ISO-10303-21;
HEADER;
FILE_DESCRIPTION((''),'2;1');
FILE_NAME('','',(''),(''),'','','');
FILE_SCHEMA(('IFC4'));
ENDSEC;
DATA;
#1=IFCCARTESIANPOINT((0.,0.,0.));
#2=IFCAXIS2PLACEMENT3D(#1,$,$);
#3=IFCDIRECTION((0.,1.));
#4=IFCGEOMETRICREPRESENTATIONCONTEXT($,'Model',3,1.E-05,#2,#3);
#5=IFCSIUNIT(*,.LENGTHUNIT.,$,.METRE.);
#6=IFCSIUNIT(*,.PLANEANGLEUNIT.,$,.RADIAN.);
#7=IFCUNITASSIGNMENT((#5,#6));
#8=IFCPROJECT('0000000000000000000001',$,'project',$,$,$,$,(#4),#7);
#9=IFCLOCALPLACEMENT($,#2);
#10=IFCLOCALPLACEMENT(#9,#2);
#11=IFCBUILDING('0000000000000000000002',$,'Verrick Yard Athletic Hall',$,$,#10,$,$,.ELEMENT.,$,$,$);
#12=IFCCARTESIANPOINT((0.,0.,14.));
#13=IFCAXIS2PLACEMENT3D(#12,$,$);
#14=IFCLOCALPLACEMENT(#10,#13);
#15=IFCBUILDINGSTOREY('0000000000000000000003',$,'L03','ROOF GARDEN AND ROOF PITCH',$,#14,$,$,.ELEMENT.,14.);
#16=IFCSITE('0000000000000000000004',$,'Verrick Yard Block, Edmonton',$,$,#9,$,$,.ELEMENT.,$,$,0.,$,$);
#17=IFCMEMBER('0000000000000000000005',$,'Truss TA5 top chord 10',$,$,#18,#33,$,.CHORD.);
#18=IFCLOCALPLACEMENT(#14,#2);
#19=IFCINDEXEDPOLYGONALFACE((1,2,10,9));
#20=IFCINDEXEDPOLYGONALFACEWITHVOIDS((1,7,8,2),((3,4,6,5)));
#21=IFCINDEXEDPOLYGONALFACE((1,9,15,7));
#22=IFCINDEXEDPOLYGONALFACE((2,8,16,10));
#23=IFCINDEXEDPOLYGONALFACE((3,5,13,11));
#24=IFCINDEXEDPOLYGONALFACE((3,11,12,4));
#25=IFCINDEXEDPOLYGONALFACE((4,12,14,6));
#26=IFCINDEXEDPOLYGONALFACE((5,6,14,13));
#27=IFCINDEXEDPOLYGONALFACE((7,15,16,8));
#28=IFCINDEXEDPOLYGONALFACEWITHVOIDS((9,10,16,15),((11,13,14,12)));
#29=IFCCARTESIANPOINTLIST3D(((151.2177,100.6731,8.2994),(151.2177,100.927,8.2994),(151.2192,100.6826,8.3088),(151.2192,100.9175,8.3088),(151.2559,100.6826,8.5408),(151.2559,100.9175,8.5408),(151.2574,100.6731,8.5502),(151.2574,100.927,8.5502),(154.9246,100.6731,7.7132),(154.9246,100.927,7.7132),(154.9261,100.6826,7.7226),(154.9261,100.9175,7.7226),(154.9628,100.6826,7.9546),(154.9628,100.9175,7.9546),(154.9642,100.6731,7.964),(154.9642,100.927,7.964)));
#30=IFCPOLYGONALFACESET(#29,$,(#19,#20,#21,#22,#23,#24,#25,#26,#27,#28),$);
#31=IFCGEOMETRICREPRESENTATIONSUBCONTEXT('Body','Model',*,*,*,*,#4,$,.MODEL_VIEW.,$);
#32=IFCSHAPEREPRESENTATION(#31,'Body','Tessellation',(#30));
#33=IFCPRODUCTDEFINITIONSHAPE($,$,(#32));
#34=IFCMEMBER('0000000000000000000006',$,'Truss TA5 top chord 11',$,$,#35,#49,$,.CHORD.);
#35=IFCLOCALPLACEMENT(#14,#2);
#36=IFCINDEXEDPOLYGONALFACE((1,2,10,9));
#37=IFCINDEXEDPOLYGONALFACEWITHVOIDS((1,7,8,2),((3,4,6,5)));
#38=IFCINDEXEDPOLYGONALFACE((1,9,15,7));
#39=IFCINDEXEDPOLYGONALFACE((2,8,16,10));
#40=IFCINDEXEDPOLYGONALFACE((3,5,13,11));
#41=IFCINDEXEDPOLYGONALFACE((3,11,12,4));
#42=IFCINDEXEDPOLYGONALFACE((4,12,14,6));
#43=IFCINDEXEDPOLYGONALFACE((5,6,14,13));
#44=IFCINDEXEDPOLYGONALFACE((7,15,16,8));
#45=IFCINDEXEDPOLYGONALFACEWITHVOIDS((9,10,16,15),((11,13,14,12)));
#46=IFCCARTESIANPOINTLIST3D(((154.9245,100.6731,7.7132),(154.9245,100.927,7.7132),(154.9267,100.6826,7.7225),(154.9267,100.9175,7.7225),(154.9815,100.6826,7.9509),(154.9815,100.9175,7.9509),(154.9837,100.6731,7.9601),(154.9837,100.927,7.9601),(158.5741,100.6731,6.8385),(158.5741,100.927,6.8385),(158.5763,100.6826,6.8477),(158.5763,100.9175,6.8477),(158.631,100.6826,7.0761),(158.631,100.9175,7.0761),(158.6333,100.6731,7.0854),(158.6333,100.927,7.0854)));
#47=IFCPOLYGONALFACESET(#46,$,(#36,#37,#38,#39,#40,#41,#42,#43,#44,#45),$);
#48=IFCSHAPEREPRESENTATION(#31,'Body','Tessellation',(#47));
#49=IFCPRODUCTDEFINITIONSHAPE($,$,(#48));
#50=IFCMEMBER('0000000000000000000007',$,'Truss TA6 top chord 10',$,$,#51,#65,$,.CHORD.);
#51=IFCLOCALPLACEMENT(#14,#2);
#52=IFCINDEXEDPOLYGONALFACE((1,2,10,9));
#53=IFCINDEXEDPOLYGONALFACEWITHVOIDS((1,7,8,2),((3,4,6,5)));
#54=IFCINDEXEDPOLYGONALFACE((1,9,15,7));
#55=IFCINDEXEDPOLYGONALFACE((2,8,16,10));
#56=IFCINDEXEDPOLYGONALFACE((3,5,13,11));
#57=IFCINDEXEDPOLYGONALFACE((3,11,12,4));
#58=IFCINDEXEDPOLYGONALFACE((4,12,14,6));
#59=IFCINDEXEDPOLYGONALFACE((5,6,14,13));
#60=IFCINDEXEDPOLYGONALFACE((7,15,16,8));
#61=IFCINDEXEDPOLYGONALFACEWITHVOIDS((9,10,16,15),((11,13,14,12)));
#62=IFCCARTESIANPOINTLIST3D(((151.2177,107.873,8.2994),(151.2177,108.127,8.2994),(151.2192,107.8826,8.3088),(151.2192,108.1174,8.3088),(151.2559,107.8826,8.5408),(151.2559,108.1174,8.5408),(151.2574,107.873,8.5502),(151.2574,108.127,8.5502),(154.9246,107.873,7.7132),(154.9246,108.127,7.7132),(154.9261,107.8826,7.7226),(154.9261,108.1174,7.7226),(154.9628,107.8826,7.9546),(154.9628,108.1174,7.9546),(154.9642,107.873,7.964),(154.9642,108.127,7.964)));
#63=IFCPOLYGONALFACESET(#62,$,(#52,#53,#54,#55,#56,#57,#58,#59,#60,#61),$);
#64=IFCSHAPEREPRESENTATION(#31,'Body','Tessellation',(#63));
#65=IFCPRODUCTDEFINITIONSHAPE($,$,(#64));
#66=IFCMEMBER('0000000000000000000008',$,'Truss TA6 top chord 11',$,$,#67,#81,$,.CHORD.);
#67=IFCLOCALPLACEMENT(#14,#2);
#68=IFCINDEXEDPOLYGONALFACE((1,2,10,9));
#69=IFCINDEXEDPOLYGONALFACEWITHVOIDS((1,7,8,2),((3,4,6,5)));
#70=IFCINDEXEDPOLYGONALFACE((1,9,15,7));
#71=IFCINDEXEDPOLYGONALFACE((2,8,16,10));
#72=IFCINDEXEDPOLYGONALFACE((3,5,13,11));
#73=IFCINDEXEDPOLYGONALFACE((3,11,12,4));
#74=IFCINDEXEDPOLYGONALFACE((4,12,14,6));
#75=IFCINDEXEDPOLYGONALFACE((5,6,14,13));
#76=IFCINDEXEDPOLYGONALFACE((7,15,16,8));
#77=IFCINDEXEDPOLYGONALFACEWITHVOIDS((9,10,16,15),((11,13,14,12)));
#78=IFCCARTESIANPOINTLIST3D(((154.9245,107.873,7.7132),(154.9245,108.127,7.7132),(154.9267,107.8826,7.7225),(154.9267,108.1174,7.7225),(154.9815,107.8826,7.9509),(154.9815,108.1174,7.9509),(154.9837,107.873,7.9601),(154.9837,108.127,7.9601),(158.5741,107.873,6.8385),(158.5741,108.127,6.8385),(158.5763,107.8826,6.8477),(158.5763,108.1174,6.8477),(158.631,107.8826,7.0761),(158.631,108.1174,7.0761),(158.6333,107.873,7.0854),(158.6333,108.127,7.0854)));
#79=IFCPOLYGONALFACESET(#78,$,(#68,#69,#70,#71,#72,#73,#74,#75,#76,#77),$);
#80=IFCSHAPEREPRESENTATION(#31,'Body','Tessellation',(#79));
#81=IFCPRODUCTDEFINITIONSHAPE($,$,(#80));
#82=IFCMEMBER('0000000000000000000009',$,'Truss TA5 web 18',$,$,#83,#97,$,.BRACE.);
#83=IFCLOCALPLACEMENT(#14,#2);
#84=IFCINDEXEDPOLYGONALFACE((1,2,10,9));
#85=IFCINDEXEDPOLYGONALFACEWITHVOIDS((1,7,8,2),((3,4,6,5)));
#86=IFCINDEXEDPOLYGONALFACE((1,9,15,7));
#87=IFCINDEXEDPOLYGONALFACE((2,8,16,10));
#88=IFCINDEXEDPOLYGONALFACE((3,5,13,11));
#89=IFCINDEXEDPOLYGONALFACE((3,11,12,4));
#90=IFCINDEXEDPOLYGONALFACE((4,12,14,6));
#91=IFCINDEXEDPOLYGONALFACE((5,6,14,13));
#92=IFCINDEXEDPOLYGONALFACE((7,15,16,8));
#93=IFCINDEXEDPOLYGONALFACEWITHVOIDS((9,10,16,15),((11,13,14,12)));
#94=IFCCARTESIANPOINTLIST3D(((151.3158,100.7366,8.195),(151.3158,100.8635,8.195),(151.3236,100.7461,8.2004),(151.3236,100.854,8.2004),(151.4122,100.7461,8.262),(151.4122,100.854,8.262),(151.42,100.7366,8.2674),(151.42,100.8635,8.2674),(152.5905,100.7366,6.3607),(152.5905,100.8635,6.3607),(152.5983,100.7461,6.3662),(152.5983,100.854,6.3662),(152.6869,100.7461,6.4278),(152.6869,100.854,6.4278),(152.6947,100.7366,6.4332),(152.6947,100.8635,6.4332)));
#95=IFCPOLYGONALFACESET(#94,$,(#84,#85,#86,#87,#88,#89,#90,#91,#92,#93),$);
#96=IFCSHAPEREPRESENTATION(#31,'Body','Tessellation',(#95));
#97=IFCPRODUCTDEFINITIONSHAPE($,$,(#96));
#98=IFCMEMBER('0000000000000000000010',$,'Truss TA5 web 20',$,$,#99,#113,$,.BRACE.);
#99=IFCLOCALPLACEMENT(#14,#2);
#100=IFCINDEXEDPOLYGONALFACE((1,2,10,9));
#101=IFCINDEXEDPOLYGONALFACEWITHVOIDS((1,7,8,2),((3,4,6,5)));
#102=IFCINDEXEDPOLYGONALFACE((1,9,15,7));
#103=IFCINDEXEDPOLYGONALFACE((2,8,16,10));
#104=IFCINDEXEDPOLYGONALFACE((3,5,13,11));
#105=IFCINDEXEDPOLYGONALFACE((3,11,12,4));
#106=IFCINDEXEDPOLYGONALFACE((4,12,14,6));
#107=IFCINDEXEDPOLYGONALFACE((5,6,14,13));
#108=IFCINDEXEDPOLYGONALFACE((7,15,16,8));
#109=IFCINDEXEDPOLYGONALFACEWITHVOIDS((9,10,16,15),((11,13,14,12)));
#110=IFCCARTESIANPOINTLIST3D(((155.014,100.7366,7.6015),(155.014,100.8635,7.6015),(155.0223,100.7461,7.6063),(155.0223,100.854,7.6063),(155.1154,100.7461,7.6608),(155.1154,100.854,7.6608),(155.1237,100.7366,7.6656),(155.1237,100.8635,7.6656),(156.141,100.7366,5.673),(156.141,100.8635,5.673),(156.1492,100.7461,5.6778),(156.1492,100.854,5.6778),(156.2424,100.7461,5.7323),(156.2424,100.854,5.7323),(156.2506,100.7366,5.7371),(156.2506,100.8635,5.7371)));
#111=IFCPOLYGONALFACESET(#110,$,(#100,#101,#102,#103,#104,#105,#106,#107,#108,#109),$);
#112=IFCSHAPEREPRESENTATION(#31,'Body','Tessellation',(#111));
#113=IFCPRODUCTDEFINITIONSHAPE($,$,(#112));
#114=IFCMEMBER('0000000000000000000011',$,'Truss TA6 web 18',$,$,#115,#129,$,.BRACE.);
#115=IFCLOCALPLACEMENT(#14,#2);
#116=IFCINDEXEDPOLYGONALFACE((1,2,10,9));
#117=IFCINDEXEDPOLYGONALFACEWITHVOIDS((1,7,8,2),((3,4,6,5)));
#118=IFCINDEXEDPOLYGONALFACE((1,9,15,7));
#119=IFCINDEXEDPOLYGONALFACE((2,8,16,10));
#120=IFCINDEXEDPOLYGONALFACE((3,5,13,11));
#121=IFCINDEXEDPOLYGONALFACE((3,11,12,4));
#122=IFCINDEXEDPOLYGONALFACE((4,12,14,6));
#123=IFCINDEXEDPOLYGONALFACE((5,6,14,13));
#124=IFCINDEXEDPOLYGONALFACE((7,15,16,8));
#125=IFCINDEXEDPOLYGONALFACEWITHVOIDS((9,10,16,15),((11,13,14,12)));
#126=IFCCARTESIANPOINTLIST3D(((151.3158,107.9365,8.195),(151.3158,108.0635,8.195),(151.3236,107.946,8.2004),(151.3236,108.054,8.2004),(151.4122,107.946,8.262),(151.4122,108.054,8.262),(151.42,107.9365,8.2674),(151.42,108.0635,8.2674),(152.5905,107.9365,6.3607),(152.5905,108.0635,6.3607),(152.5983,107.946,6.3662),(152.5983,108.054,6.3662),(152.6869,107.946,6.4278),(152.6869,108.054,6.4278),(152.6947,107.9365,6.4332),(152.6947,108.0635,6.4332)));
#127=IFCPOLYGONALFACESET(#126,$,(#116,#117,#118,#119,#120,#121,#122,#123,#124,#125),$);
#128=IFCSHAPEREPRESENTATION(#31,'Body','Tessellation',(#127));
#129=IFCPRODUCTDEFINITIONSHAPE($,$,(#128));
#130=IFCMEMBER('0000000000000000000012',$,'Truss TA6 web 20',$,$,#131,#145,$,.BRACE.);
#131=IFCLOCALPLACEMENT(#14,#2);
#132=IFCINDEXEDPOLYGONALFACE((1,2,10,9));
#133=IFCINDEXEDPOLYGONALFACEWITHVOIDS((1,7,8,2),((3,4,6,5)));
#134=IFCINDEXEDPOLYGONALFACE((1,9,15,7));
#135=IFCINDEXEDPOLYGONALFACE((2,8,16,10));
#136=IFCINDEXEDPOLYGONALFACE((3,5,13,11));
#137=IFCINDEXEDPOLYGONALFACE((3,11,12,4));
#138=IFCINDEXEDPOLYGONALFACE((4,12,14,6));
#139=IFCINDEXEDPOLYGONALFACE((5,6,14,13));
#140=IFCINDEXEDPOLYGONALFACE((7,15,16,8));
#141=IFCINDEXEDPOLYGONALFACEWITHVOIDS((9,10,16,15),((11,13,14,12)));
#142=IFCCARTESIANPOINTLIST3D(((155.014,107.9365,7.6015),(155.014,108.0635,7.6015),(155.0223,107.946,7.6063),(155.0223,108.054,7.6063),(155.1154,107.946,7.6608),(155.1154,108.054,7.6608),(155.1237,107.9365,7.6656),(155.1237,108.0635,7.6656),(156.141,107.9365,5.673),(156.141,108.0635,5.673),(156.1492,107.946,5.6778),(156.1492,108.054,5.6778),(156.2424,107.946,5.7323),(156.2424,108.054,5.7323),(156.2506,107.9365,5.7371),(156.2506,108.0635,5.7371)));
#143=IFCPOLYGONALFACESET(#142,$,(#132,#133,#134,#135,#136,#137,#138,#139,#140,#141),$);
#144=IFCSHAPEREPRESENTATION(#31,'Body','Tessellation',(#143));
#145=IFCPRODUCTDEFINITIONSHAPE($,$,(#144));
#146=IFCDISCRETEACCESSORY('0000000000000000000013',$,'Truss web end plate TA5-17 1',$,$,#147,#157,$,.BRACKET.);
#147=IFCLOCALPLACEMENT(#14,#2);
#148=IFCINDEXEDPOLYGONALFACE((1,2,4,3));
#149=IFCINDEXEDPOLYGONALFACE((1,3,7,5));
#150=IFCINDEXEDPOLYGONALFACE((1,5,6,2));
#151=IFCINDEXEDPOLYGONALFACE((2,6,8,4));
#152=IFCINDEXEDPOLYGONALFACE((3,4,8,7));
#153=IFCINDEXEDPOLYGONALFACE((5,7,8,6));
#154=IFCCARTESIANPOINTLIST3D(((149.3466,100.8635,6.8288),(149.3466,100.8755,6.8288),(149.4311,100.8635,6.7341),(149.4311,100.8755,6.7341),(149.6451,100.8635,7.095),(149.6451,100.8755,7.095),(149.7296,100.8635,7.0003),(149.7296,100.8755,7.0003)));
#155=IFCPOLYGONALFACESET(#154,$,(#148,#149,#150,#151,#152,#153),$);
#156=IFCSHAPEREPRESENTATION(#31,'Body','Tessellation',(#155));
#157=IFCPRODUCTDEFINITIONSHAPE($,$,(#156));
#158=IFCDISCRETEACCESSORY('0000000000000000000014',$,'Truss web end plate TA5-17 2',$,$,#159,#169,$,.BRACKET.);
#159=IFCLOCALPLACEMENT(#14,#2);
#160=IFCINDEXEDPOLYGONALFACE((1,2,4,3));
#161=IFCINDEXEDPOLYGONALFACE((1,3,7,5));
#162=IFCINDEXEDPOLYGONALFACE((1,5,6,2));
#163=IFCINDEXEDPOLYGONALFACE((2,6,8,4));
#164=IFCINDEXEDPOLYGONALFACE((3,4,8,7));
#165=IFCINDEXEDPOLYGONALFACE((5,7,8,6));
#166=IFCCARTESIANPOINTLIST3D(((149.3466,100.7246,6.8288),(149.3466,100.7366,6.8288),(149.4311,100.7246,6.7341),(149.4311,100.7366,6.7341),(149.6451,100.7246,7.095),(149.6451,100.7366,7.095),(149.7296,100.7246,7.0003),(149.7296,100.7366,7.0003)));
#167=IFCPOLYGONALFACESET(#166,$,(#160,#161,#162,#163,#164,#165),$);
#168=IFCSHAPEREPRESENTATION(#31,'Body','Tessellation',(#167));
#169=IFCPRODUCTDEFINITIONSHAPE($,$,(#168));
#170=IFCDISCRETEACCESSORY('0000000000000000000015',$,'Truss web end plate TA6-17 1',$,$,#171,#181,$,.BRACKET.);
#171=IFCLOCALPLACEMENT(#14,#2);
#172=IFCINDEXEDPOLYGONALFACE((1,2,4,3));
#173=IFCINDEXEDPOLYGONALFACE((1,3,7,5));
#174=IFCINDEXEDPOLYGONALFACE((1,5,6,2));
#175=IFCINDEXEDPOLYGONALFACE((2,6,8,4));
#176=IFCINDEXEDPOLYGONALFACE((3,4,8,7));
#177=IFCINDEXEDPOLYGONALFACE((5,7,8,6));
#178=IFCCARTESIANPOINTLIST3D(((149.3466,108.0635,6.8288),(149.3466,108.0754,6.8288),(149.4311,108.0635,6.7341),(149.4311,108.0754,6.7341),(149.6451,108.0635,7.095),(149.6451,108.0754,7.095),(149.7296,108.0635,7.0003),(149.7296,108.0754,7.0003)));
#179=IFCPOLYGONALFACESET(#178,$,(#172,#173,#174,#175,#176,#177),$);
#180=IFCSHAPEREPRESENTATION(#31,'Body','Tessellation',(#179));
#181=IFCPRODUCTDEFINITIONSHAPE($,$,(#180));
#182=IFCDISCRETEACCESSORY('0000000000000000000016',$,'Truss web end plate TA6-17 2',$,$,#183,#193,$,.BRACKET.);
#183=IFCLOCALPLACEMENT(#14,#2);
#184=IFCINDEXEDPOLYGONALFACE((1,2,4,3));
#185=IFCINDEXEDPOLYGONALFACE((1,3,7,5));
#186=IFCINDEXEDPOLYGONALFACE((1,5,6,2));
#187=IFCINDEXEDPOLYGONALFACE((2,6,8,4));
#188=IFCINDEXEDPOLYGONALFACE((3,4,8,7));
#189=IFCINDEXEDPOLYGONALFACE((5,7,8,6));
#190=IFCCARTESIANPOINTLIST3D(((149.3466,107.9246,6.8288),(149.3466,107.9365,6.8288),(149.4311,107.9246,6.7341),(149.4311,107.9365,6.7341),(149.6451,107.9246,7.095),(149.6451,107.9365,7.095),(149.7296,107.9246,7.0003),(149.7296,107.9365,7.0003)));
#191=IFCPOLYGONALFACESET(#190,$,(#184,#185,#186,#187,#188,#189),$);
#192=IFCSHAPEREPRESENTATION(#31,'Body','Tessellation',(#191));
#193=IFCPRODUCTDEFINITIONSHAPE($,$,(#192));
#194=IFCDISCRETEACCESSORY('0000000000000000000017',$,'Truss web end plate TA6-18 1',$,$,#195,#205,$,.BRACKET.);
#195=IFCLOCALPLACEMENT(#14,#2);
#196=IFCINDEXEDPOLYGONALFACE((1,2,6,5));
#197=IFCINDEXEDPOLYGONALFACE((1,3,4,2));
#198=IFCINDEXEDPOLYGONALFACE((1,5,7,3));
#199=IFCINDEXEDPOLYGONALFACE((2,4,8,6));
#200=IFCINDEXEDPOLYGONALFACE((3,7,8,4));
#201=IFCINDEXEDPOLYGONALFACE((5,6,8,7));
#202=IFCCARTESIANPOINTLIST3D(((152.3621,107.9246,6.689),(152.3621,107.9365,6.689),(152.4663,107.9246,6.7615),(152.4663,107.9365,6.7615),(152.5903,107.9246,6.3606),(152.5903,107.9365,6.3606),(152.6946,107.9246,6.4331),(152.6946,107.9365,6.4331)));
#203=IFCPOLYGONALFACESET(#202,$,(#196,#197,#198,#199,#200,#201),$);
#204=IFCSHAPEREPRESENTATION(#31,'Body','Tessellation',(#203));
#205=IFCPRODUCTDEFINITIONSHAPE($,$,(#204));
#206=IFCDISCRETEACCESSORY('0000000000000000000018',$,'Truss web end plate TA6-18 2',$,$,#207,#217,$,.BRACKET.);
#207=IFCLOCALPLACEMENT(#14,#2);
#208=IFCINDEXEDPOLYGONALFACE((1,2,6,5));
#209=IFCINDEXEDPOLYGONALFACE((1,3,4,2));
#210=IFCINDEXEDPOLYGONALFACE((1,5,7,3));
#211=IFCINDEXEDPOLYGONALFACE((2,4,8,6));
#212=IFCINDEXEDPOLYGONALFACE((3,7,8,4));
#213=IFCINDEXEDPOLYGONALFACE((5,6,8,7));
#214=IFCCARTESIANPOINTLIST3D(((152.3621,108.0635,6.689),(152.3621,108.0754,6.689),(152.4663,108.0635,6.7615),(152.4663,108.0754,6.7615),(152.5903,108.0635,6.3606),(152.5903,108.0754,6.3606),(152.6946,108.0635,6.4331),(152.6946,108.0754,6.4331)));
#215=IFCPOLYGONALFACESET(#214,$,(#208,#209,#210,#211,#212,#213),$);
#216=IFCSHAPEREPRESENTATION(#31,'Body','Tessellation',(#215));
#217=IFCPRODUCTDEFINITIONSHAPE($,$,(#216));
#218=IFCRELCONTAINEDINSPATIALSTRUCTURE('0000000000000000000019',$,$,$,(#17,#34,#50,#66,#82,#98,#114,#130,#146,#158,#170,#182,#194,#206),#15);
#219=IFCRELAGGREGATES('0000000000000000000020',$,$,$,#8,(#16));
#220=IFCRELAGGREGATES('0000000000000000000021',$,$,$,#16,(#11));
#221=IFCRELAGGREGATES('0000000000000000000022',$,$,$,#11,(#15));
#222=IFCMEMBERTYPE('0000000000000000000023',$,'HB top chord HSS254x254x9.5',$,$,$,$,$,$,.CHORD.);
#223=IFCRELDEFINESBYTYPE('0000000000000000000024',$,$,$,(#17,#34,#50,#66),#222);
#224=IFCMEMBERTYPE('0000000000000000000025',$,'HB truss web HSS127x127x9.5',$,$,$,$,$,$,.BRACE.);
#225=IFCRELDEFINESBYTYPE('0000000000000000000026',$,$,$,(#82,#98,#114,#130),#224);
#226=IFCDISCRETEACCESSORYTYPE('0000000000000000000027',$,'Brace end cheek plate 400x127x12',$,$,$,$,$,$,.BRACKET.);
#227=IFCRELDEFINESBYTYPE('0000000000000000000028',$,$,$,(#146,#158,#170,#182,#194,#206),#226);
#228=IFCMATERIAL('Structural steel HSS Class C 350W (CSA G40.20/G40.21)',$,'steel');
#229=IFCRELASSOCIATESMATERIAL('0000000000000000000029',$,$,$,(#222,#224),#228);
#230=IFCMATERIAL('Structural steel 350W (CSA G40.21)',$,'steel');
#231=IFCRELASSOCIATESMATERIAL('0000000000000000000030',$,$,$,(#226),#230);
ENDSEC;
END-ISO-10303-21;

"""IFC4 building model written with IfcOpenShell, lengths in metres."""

from ifc_helpers import new_model, si_unit, direction, frame, origin, origin_2d, place, context, subcontext, project, spatial, rectangle, hollow_rectangle, extrude, material, material_profile, profile_set, type_object, element, save


model = new_model("IFC4")

# Units and contexts
model_context = context("Model", 3, precision=1e-05, world=origin(), true_north=direction((0.0, 1.0)))
body_context = subcontext(model_context, "Body", "Model", "MODEL_VIEW")
ifc_project = project(units=[si_unit("LENGTHUNIT", "METRE"), si_unit("PLANEANGLEUNIT", "RADIAN")], contexts=[model_context])

# Site, building, storey
site_placement = place(None, origin())
site = spatial("IfcSite", under=ifc_project, at=site_placement, Name="Verrick Yard Block, Edmonton", CompositionType="ELEMENT", RefElevation=0.0)
building_placement = place(site_placement, origin())
building = spatial("IfcBuilding", under=site, at=building_placement, Name="Verrick Yard Athletic Hall", CompositionType="ELEMENT")
storey_placement = place(building_placement, frame((0.0, 0.0, 14.0)))
storey = spatial("IfcBuildingStorey", under=building, at=storey_placement, Name="L03", Description="ROOF GARDEN AND ROOF PITCH", CompositionType="ELEMENT", Elevation=14.0)

# Members
ifc_material_1 = material(Name="Structural steel HSS Class C 350W (CSA G40.20/G40.21)", Category="steel")
ifc_material_profile_1 = material_profile(ifc_material_1, hollow_rectangle(XDim=0.2539, YDim=0.2539, WallThickness=0.0095, at=origin_2d()), Name="HSS254x254x9.5")
ifc_profile_set_1 = profile_set([ifc_material_profile_1], Name="Structural steel HSS Class C 350W (CSA G40.20/G40.21)")
member_type_1 = type_object("IfcMemberType", Name="HB top chord HSS254x254x9.5", PredefinedType="CHORD", material=ifc_profile_set_1)
for number, where, z_axis, x_axis, name in (
    (1, (151.2375, 100.8, 8.4248), (0.987726, 0.0, -0.156196), (0.0, 1.0, 0.0), "Truss TA5 top chord 10"),
    (2, (154.9541, 100.8, 7.8367), (0.972458, 0.0, -0.23308), (0.0, 1.0, 0.0), "Truss TA5 top chord 11"),
    (3, (151.2375, 108.0, 8.4248), (0.987726, 0.0, -0.156196), (0.0, 1.0, 0.0), "Truss TA6 top chord 10"),
    (4, (154.9541, 108.0, 7.8367), (0.972458, 0.0, -0.23308), (0.0, 1.0, 0.0), "Truss TA6 top chord 11"),
):
    element("IfcMember", number, at=place(storey_placement, frame(where, z_axis=z_axis, x_axis=x_axis)), inside=storey, type_object=member_type_1, Name=name, PredefinedType="CHORD", context=body_context, shape_type="SweptSolid", body=[
        extrude(hollow_rectangle(XDim=0.2539, YDim=0.2539, WallThickness=0.0095, at=origin_2d()), origin(), (0.0, 0.0, 1.0), 3.7529),
    ])
ifc_material_profile_2 = material_profile(ifc_material_1, hollow_rectangle(XDim=0.127, YDim=0.127, WallThickness=0.0095, at=origin_2d()), Name="HSS127x127x9.5")
ifc_profile_set_2 = profile_set([ifc_material_profile_2], Name="Structural steel HSS Class C 350W (CSA G40.20/G40.21)")
member_type_2 = type_object("IfcMemberType", Name="HB truss web HSS127x127x9.5", PredefinedType="BRACE", material=ifc_profile_set_2)
for number, where, z_axis, x_axis, name in (
    (5, (151.3679, 100.8, 8.2312), (0.570664, 0.0, -0.821184), (0.0, 1.0, 0.0), "Truss TA5 web 18"),
    (6, (155.0688, 100.8, 7.6335), (0.504544, 0.0, -0.863386), (0.0, 1.0, 0.0), "Truss TA5 web 20"),
    (7, (151.3679, 108.0, 8.2312), (0.570664, 0.0, -0.821184), (0.0, 1.0, 0.0), "Truss TA6 web 18"),
    (8, (155.0688, 108.0, 7.6335), (0.504544, 0.0, -0.863386), (0.0, 1.0, 0.0), "Truss TA6 web 20"),
):
    element("IfcMember", number, at=place(storey_placement, frame(where, z_axis=z_axis, x_axis=x_axis)), inside=storey, type_object=member_type_2, Name=name, PredefinedType="BRACE", context=body_context, shape_type="SweptSolid", body=[
        extrude(hollow_rectangle(XDim=0.127, YDim=0.127, WallThickness=0.0095, at=origin_2d()), origin(), (0.0, 0.0, 1.0), 2.2336),
    ])

# Discrete accessories
ifc_material_2 = material(Name="Structural steel 350W (CSA G40.21)", Category="steel")
ifc_material_profile_3 = material_profile(ifc_material_2, rectangle(XDim=0.3999, YDim=0.127, at=origin_2d()), Name="Brace end cheek plate")
ifc_profile_set_3 = profile_set([ifc_material_profile_3], Name="Structural steel 350W (CSA G40.21)")
discrete_accessory_type_1 = type_object("IfcDiscreteAccessoryType", Name="Brace end cheek plate 400x127x12", PredefinedType="BRACKET", material=ifc_profile_set_3)
for number, where, z_axis, x_axis, name in (
    (9, (149.5381, 100.8635, 6.9146), (0.0, 1.0, 0.0), (0.746352, 0.0, 0.665551), "Truss web end plate TA5-17 1"),
    (10, (149.5381, 100.7366, 6.9146), (0.0, -1.0, 0.0), (0.746352, 0.0, 0.665551), "Truss web end plate TA5-17 2"),
    (11, (149.5381, 108.0635, 6.9146), (0.0, 1.0, 0.0), (0.746352, 0.0, 0.665551), "Truss web end plate TA6-17 1"),
    (12, (149.5381, 107.9365, 6.9146), (0.0, -1.0, 0.0), (0.746352, 0.0, 0.665551), "Truss web end plate TA6-17 2"),
    (13, (152.5283, 107.9365, 6.561), (0.0, -1.0, 0.0), (-0.570674, 0.0, 0.821176), "Truss web end plate TA6-18 1"),
    (14, (152.5283, 108.0635, 6.561), (0.0, 1.0, 0.0), (-0.570674, 0.0, 0.821176), "Truss web end plate TA6-18 2"),
):
    element("IfcDiscreteAccessory", number, at=place(storey_placement, frame(where, z_axis=z_axis, x_axis=x_axis)), inside=storey, type_object=discrete_accessory_type_1, Name=name, PredefinedType="BRACKET", context=body_context, shape_type="SweptSolid", body=[
        extrude(rectangle(XDim=0.3999, YDim=0.127, at=origin_2d()), origin(), (0.0, 0.0, 1.0), 0.012),
    ])

save(model, "model.ifc")
